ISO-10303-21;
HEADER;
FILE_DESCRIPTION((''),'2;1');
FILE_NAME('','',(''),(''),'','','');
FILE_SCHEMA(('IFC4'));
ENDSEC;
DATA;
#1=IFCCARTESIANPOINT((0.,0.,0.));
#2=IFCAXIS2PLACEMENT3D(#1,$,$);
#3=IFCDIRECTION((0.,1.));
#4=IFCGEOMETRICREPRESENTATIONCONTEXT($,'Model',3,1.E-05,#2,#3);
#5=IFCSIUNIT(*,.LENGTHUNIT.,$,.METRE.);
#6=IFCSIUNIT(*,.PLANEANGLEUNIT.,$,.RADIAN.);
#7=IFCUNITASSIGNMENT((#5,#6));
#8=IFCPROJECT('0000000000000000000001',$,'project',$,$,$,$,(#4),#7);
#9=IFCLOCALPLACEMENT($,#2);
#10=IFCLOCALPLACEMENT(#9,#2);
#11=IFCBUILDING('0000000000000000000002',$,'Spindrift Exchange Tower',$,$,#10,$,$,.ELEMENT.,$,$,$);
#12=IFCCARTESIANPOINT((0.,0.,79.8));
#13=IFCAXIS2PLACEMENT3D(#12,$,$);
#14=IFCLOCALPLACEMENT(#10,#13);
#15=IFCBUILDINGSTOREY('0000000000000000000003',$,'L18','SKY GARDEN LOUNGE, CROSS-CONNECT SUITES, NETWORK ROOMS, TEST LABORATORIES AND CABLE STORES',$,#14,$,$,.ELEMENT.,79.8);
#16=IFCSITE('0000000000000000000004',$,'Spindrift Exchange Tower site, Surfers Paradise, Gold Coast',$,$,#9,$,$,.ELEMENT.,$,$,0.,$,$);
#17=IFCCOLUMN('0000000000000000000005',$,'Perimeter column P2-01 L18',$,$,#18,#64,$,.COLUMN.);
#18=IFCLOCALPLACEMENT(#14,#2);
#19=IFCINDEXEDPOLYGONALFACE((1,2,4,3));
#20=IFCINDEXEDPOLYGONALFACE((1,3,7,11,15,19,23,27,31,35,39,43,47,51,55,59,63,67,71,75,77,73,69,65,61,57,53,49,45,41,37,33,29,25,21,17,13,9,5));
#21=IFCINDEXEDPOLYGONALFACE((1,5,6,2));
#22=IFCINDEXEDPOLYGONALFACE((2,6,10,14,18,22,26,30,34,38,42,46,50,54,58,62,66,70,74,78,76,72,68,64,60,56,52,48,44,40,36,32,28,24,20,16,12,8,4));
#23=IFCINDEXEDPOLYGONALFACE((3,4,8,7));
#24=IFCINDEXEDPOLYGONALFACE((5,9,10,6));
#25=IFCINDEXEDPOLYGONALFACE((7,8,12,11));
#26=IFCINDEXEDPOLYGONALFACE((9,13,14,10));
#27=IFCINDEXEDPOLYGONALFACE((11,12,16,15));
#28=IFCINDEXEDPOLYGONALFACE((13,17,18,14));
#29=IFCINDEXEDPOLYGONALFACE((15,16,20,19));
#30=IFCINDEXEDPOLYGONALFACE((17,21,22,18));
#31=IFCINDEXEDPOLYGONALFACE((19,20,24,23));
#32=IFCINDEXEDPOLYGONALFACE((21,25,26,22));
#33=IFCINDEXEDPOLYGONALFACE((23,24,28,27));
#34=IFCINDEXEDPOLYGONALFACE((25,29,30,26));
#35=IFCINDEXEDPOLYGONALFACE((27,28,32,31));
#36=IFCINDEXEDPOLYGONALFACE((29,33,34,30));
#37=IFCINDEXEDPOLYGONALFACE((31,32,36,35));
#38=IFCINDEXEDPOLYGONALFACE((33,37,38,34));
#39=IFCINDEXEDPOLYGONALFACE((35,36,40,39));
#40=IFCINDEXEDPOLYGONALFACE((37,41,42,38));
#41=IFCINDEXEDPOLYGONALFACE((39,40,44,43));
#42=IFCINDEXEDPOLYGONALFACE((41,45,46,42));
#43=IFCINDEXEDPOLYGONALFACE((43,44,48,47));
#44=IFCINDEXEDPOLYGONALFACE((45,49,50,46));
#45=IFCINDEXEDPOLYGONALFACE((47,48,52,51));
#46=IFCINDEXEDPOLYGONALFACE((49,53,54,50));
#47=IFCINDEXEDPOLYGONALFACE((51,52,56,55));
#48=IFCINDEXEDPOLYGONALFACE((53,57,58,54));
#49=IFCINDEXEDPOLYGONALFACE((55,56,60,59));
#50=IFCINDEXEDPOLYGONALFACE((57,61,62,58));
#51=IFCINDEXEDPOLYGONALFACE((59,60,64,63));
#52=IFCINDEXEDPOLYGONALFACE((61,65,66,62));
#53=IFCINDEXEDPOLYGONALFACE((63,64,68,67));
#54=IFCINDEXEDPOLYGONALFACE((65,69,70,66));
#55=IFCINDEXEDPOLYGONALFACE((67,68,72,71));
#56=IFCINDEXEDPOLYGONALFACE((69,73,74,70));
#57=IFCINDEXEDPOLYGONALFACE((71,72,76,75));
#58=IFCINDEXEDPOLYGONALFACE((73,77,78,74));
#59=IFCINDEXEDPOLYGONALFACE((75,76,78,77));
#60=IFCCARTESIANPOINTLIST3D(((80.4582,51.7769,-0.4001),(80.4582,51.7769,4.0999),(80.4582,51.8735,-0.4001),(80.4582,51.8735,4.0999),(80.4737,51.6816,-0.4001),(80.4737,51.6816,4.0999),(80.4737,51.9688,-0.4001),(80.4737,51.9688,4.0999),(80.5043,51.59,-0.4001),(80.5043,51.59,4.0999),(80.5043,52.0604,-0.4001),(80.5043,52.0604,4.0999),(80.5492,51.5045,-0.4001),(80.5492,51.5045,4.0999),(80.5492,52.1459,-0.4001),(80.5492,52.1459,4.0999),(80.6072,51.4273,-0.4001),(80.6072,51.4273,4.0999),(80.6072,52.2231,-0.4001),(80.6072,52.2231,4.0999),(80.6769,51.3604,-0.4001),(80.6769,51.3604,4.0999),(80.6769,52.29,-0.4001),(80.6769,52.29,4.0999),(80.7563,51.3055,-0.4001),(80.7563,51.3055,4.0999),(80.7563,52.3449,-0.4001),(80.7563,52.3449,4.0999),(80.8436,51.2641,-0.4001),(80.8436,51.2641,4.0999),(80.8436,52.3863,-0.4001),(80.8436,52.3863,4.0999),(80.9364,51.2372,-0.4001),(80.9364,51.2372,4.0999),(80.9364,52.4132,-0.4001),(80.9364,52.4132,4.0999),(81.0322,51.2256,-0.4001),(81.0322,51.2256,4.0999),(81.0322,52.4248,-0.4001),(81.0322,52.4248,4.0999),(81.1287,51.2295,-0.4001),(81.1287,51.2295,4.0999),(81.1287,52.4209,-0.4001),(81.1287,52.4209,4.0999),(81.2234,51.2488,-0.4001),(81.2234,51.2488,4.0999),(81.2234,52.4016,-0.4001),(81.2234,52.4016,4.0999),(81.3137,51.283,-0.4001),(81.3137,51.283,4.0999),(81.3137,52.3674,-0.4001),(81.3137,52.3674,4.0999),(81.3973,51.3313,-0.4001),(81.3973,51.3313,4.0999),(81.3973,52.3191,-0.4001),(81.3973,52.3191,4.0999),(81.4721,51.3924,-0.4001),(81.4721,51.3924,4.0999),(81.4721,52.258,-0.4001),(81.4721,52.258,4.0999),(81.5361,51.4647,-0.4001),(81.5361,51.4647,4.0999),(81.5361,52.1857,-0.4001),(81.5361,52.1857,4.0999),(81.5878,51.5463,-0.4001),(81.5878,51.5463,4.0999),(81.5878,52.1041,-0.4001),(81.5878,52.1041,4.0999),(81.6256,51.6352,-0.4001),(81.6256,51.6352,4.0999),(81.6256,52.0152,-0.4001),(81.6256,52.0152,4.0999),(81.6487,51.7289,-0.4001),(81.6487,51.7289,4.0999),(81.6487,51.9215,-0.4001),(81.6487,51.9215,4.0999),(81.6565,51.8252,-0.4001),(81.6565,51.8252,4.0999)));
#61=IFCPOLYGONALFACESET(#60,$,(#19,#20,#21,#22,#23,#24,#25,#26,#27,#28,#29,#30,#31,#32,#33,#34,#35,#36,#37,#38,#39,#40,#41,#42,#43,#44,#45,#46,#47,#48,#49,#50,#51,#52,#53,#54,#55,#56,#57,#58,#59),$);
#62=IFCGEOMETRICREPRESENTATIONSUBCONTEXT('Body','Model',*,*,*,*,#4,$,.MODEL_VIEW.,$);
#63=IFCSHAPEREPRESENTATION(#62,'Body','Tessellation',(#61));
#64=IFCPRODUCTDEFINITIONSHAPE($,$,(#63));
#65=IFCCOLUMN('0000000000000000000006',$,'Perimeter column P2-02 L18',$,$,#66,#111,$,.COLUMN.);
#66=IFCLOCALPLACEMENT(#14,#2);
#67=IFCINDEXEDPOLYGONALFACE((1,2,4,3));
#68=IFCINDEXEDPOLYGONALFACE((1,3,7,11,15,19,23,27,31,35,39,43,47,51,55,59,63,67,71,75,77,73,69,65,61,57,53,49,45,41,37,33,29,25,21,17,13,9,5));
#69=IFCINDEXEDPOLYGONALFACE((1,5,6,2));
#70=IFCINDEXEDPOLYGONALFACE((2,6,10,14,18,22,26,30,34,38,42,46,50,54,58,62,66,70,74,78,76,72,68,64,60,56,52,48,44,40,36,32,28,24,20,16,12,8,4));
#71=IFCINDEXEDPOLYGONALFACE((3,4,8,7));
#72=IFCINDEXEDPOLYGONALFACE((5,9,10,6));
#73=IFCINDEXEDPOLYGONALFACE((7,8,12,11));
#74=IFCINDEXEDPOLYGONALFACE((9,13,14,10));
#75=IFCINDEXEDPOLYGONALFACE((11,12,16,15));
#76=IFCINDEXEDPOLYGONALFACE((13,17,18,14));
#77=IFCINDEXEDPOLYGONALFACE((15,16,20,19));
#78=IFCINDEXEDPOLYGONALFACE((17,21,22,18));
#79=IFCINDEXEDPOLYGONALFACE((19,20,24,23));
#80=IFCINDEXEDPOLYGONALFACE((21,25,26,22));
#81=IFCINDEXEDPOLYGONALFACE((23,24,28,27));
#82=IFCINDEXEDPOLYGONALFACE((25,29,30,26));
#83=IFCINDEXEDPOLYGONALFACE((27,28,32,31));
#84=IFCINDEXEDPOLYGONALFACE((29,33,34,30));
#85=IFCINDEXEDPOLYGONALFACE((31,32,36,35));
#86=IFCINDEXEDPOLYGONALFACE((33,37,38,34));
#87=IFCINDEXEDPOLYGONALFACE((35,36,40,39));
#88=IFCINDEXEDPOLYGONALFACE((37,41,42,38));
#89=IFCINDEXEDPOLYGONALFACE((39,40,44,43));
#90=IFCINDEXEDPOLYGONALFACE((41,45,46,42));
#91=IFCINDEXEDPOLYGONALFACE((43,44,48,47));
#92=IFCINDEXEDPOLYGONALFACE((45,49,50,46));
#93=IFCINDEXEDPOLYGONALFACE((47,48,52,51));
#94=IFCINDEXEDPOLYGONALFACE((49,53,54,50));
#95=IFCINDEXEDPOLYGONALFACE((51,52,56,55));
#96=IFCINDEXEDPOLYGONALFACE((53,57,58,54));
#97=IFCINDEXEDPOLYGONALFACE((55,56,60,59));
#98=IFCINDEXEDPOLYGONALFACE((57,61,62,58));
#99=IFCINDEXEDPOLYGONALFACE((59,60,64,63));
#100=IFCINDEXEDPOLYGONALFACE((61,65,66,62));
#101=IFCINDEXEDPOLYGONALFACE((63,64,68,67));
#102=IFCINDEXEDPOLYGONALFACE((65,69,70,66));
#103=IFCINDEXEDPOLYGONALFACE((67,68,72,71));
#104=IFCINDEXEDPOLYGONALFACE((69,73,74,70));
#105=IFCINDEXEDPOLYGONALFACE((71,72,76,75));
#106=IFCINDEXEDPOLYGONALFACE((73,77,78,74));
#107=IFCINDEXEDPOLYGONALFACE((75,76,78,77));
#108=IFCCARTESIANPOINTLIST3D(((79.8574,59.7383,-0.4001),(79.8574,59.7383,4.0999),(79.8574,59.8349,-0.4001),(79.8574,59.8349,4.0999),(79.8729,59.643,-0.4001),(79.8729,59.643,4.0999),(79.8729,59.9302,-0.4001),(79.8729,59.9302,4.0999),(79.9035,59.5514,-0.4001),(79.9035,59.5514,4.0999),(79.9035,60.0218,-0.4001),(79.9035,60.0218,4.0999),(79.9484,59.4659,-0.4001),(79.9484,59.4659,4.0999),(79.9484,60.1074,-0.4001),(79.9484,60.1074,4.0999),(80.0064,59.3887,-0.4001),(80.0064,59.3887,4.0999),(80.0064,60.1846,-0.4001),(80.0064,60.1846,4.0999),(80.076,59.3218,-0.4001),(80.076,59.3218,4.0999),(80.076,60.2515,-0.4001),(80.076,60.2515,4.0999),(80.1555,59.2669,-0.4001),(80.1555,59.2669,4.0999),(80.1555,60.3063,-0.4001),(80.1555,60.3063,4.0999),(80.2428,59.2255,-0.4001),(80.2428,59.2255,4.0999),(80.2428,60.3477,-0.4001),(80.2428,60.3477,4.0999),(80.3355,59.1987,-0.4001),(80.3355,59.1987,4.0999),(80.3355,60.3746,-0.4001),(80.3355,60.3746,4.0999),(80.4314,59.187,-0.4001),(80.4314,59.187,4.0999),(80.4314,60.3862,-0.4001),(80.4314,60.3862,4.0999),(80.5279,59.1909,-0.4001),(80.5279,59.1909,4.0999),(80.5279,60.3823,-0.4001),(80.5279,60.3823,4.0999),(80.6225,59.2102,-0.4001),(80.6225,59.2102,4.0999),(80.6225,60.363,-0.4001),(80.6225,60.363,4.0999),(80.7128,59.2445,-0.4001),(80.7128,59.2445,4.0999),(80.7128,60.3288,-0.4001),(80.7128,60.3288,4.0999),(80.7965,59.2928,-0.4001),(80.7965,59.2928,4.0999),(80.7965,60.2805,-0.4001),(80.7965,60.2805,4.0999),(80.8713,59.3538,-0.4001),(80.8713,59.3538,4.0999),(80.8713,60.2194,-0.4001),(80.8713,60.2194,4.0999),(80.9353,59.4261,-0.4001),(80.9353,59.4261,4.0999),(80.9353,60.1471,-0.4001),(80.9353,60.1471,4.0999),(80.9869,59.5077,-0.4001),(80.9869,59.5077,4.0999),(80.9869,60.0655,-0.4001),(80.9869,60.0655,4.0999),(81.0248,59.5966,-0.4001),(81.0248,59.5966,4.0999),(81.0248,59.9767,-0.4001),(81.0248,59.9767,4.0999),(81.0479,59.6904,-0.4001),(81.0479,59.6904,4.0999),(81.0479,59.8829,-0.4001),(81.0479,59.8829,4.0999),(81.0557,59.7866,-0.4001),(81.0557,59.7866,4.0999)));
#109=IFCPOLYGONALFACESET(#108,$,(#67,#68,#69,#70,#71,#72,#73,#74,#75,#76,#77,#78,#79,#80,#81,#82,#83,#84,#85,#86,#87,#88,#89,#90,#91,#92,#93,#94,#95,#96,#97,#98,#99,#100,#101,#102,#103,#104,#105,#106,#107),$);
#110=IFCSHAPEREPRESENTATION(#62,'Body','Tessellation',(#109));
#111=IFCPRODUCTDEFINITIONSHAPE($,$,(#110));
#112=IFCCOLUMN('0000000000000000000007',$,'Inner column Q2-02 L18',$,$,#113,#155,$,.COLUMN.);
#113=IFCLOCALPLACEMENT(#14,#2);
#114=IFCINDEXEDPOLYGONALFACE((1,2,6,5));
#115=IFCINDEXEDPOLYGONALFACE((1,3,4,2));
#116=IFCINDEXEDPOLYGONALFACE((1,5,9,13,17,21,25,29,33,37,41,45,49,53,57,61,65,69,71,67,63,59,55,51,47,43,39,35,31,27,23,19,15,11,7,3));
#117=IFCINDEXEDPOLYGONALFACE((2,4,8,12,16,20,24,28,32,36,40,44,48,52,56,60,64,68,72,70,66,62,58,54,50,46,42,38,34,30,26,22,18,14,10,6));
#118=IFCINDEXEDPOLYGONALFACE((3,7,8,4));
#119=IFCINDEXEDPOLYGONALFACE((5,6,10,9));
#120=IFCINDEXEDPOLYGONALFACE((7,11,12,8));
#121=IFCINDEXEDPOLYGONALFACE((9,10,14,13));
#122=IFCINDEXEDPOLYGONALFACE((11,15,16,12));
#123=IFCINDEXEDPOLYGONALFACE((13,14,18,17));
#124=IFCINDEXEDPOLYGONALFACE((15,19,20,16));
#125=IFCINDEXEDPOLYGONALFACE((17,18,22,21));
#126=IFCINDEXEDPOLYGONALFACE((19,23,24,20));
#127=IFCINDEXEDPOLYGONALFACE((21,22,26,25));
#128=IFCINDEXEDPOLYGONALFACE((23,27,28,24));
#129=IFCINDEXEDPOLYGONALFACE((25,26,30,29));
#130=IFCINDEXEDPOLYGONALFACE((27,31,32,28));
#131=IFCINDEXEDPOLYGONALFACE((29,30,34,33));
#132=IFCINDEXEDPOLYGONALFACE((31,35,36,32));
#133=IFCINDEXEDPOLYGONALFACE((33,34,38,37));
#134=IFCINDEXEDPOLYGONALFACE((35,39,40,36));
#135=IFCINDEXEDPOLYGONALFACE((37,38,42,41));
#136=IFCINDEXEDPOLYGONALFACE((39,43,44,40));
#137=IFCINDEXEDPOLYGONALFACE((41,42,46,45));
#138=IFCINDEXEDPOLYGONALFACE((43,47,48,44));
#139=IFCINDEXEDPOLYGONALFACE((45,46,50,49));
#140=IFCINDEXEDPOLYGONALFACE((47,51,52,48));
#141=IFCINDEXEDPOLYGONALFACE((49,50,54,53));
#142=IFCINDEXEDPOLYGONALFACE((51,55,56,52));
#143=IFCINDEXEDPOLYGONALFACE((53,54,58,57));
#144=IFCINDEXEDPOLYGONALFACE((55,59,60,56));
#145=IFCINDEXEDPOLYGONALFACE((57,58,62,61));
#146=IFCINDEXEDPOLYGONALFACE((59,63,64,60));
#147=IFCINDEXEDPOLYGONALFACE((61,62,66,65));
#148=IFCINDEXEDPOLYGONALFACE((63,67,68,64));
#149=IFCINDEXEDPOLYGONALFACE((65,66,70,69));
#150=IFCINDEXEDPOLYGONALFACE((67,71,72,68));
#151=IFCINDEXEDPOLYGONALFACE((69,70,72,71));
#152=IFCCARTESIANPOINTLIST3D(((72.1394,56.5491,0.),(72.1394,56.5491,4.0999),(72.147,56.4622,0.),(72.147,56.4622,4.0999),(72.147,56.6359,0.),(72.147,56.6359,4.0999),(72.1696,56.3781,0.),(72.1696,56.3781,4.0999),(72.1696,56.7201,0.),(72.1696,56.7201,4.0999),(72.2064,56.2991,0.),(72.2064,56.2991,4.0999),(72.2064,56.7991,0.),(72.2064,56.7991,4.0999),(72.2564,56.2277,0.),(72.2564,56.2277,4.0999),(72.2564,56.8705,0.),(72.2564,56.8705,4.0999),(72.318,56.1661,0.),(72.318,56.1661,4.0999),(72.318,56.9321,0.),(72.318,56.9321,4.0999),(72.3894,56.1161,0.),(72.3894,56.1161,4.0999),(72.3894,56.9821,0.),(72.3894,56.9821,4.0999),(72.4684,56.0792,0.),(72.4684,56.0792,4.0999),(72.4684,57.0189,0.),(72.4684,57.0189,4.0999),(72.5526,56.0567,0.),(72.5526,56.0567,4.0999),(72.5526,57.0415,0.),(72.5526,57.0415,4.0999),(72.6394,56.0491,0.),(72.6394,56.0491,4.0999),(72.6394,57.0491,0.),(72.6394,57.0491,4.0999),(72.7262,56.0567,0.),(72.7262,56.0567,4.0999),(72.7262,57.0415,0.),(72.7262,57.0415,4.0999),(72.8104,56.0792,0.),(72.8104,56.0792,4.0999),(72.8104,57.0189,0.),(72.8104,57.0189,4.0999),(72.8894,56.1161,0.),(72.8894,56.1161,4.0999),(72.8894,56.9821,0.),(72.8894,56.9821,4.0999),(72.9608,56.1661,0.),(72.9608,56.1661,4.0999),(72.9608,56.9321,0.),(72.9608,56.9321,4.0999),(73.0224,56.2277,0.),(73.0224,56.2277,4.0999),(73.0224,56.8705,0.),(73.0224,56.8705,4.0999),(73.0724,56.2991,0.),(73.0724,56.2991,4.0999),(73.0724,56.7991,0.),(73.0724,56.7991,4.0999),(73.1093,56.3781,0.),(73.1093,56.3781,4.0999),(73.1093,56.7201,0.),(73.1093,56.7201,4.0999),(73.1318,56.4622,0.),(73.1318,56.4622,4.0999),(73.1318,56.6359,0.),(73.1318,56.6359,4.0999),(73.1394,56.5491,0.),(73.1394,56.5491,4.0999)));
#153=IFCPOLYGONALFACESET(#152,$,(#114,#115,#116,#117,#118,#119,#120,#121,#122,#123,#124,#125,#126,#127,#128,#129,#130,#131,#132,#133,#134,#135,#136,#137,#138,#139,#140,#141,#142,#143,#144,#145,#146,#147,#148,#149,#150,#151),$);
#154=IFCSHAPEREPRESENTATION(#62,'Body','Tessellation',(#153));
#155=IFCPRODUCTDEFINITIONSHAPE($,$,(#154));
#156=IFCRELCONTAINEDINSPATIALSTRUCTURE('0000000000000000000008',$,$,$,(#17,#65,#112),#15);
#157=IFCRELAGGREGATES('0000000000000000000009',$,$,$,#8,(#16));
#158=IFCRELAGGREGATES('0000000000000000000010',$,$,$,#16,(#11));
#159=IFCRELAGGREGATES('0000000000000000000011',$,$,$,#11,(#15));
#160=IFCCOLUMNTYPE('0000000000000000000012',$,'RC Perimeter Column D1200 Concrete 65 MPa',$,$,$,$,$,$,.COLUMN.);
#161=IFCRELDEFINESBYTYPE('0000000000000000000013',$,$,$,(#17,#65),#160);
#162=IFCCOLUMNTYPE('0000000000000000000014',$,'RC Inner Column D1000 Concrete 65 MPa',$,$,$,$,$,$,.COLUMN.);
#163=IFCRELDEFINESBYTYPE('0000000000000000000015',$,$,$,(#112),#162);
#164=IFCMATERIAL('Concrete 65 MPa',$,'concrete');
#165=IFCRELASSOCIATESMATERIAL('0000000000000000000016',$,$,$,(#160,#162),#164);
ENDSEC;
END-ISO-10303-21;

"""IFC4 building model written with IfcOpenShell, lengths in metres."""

from ifc_helpers import new_model, si_unit, direction, frame, origin, origin_2d, place, context, subcontext, project, spatial, circle, extrude, source, transform, mapped, material, material_profile, profile_set, type_object, element, save


model = new_model("IFC4")

# Units and contexts
model_context = context("Model", 3, precision=1e-05, world=origin(), true_north=direction((0.0, 1.0)))
body_context = subcontext(model_context, "Body", "Model", "MODEL_VIEW")
ifc_project = project(units=[si_unit("LENGTHUNIT", "METRE"), si_unit("PLANEANGLEUNIT", "RADIAN")], contexts=[model_context])

# Site, building, storey
site_placement = place(None, origin())
site = spatial("IfcSite", under=ifc_project, at=site_placement, Name="Spindrift Exchange Tower site, Surfers Paradise, Gold Coast", CompositionType="ELEMENT", RefElevation=0.0)
building_placement = place(site_placement, origin())
building = spatial("IfcBuilding", under=site, at=building_placement, Name="Spindrift Exchange Tower", CompositionType="ELEMENT")
storey_placement = place(building_placement, frame((0.0, 0.0, 79.8)))
storey = spatial("IfcBuildingStorey", under=building, at=storey_placement, Name="L18", Description="SKY GARDEN LOUNGE, CROSS-CONNECT SUITES, NETWORK ROOMS, TEST LABORATORIES AND CABLE STORES", CompositionType="ELEMENT", Elevation=79.8)

# Columns
ifc_material_1 = material(Name="Concrete 65 MPa", Category="concrete")
ifc_material_profile_1 = material_profile(ifc_material_1, circle(Radius=0.6001, at=origin_2d()), Name="RC D1200")
ifc_profile_set_1 = profile_set([ifc_material_profile_1], Name="Concrete 65 MPa")
column_type_1 = type_object("IfcColumnType", Name="RC Perimeter Column D1200 Concrete 65 MPa", PredefinedType="COLUMN", material=ifc_profile_set_1)
shared_shape_1 = source(origin(), body_context, "Body", "SweptSolid", [
    extrude(circle(Radius=0.6001, at=origin_2d()), origin(), (0.0, 0.0, 1.0), 4.5),
])
for number, where, z_axis, x_axis, name in (
    (1, (81.0564, 51.8252, -0.4001), (0.0, 0.0, 1.0), (1.0, 0.0, 0.0), "Perimeter column P2-01 L18"),
    (2, (80.4556, 59.7866, -0.4001), (0.0, 0.0, 1.0), (1.0, 0.0, 0.0), "Perimeter column P2-02 L18"),
):
    element("IfcColumn", number, at=place(storey_placement, frame(where, z_axis=z_axis, x_axis=x_axis)), inside=storey, type_object=column_type_1, Name=name, PredefinedType="COLUMN", context=body_context, shape_type="MappedRepresentation", body=[
        mapped(shared_shape_1, transform((0.0, 0.0, 0.0), scale=1.0)),
    ])
ifc_material_profile_2 = material_profile(ifc_material_1, circle(Radius=0.5, at=origin_2d()), Name="RC D1000")
ifc_profile_set_2 = profile_set([ifc_material_profile_2], Name="Concrete 65 MPa")
column_type_2 = type_object("IfcColumnType", Name="RC Inner Column D1000 Concrete 65 MPa", PredefinedType="COLUMN", material=ifc_profile_set_2)
shared_shape_2 = source(origin(), body_context, "Body", "SweptSolid", [
    extrude(circle(Radius=0.5, at=origin_2d()), origin(), (0.0, 0.0, 1.0), 4.0999),
])
column_placement = place(storey_placement, frame((72.6394, 56.5491, 0.0), z_axis=(0.0, 0.0, 1.0), x_axis=(1.0, 0.0, 0.0)))
element("IfcColumn", 3, at=column_placement, inside=storey, type_object=column_type_2, Name="Inner column Q2-02 L18", PredefinedType="COLUMN", context=body_context, shape_type="MappedRepresentation", body=[
    mapped(shared_shape_2, transform((0.0, 0.0, 0.0), scale=1.0)),
])

save(model, "model.ifc")
